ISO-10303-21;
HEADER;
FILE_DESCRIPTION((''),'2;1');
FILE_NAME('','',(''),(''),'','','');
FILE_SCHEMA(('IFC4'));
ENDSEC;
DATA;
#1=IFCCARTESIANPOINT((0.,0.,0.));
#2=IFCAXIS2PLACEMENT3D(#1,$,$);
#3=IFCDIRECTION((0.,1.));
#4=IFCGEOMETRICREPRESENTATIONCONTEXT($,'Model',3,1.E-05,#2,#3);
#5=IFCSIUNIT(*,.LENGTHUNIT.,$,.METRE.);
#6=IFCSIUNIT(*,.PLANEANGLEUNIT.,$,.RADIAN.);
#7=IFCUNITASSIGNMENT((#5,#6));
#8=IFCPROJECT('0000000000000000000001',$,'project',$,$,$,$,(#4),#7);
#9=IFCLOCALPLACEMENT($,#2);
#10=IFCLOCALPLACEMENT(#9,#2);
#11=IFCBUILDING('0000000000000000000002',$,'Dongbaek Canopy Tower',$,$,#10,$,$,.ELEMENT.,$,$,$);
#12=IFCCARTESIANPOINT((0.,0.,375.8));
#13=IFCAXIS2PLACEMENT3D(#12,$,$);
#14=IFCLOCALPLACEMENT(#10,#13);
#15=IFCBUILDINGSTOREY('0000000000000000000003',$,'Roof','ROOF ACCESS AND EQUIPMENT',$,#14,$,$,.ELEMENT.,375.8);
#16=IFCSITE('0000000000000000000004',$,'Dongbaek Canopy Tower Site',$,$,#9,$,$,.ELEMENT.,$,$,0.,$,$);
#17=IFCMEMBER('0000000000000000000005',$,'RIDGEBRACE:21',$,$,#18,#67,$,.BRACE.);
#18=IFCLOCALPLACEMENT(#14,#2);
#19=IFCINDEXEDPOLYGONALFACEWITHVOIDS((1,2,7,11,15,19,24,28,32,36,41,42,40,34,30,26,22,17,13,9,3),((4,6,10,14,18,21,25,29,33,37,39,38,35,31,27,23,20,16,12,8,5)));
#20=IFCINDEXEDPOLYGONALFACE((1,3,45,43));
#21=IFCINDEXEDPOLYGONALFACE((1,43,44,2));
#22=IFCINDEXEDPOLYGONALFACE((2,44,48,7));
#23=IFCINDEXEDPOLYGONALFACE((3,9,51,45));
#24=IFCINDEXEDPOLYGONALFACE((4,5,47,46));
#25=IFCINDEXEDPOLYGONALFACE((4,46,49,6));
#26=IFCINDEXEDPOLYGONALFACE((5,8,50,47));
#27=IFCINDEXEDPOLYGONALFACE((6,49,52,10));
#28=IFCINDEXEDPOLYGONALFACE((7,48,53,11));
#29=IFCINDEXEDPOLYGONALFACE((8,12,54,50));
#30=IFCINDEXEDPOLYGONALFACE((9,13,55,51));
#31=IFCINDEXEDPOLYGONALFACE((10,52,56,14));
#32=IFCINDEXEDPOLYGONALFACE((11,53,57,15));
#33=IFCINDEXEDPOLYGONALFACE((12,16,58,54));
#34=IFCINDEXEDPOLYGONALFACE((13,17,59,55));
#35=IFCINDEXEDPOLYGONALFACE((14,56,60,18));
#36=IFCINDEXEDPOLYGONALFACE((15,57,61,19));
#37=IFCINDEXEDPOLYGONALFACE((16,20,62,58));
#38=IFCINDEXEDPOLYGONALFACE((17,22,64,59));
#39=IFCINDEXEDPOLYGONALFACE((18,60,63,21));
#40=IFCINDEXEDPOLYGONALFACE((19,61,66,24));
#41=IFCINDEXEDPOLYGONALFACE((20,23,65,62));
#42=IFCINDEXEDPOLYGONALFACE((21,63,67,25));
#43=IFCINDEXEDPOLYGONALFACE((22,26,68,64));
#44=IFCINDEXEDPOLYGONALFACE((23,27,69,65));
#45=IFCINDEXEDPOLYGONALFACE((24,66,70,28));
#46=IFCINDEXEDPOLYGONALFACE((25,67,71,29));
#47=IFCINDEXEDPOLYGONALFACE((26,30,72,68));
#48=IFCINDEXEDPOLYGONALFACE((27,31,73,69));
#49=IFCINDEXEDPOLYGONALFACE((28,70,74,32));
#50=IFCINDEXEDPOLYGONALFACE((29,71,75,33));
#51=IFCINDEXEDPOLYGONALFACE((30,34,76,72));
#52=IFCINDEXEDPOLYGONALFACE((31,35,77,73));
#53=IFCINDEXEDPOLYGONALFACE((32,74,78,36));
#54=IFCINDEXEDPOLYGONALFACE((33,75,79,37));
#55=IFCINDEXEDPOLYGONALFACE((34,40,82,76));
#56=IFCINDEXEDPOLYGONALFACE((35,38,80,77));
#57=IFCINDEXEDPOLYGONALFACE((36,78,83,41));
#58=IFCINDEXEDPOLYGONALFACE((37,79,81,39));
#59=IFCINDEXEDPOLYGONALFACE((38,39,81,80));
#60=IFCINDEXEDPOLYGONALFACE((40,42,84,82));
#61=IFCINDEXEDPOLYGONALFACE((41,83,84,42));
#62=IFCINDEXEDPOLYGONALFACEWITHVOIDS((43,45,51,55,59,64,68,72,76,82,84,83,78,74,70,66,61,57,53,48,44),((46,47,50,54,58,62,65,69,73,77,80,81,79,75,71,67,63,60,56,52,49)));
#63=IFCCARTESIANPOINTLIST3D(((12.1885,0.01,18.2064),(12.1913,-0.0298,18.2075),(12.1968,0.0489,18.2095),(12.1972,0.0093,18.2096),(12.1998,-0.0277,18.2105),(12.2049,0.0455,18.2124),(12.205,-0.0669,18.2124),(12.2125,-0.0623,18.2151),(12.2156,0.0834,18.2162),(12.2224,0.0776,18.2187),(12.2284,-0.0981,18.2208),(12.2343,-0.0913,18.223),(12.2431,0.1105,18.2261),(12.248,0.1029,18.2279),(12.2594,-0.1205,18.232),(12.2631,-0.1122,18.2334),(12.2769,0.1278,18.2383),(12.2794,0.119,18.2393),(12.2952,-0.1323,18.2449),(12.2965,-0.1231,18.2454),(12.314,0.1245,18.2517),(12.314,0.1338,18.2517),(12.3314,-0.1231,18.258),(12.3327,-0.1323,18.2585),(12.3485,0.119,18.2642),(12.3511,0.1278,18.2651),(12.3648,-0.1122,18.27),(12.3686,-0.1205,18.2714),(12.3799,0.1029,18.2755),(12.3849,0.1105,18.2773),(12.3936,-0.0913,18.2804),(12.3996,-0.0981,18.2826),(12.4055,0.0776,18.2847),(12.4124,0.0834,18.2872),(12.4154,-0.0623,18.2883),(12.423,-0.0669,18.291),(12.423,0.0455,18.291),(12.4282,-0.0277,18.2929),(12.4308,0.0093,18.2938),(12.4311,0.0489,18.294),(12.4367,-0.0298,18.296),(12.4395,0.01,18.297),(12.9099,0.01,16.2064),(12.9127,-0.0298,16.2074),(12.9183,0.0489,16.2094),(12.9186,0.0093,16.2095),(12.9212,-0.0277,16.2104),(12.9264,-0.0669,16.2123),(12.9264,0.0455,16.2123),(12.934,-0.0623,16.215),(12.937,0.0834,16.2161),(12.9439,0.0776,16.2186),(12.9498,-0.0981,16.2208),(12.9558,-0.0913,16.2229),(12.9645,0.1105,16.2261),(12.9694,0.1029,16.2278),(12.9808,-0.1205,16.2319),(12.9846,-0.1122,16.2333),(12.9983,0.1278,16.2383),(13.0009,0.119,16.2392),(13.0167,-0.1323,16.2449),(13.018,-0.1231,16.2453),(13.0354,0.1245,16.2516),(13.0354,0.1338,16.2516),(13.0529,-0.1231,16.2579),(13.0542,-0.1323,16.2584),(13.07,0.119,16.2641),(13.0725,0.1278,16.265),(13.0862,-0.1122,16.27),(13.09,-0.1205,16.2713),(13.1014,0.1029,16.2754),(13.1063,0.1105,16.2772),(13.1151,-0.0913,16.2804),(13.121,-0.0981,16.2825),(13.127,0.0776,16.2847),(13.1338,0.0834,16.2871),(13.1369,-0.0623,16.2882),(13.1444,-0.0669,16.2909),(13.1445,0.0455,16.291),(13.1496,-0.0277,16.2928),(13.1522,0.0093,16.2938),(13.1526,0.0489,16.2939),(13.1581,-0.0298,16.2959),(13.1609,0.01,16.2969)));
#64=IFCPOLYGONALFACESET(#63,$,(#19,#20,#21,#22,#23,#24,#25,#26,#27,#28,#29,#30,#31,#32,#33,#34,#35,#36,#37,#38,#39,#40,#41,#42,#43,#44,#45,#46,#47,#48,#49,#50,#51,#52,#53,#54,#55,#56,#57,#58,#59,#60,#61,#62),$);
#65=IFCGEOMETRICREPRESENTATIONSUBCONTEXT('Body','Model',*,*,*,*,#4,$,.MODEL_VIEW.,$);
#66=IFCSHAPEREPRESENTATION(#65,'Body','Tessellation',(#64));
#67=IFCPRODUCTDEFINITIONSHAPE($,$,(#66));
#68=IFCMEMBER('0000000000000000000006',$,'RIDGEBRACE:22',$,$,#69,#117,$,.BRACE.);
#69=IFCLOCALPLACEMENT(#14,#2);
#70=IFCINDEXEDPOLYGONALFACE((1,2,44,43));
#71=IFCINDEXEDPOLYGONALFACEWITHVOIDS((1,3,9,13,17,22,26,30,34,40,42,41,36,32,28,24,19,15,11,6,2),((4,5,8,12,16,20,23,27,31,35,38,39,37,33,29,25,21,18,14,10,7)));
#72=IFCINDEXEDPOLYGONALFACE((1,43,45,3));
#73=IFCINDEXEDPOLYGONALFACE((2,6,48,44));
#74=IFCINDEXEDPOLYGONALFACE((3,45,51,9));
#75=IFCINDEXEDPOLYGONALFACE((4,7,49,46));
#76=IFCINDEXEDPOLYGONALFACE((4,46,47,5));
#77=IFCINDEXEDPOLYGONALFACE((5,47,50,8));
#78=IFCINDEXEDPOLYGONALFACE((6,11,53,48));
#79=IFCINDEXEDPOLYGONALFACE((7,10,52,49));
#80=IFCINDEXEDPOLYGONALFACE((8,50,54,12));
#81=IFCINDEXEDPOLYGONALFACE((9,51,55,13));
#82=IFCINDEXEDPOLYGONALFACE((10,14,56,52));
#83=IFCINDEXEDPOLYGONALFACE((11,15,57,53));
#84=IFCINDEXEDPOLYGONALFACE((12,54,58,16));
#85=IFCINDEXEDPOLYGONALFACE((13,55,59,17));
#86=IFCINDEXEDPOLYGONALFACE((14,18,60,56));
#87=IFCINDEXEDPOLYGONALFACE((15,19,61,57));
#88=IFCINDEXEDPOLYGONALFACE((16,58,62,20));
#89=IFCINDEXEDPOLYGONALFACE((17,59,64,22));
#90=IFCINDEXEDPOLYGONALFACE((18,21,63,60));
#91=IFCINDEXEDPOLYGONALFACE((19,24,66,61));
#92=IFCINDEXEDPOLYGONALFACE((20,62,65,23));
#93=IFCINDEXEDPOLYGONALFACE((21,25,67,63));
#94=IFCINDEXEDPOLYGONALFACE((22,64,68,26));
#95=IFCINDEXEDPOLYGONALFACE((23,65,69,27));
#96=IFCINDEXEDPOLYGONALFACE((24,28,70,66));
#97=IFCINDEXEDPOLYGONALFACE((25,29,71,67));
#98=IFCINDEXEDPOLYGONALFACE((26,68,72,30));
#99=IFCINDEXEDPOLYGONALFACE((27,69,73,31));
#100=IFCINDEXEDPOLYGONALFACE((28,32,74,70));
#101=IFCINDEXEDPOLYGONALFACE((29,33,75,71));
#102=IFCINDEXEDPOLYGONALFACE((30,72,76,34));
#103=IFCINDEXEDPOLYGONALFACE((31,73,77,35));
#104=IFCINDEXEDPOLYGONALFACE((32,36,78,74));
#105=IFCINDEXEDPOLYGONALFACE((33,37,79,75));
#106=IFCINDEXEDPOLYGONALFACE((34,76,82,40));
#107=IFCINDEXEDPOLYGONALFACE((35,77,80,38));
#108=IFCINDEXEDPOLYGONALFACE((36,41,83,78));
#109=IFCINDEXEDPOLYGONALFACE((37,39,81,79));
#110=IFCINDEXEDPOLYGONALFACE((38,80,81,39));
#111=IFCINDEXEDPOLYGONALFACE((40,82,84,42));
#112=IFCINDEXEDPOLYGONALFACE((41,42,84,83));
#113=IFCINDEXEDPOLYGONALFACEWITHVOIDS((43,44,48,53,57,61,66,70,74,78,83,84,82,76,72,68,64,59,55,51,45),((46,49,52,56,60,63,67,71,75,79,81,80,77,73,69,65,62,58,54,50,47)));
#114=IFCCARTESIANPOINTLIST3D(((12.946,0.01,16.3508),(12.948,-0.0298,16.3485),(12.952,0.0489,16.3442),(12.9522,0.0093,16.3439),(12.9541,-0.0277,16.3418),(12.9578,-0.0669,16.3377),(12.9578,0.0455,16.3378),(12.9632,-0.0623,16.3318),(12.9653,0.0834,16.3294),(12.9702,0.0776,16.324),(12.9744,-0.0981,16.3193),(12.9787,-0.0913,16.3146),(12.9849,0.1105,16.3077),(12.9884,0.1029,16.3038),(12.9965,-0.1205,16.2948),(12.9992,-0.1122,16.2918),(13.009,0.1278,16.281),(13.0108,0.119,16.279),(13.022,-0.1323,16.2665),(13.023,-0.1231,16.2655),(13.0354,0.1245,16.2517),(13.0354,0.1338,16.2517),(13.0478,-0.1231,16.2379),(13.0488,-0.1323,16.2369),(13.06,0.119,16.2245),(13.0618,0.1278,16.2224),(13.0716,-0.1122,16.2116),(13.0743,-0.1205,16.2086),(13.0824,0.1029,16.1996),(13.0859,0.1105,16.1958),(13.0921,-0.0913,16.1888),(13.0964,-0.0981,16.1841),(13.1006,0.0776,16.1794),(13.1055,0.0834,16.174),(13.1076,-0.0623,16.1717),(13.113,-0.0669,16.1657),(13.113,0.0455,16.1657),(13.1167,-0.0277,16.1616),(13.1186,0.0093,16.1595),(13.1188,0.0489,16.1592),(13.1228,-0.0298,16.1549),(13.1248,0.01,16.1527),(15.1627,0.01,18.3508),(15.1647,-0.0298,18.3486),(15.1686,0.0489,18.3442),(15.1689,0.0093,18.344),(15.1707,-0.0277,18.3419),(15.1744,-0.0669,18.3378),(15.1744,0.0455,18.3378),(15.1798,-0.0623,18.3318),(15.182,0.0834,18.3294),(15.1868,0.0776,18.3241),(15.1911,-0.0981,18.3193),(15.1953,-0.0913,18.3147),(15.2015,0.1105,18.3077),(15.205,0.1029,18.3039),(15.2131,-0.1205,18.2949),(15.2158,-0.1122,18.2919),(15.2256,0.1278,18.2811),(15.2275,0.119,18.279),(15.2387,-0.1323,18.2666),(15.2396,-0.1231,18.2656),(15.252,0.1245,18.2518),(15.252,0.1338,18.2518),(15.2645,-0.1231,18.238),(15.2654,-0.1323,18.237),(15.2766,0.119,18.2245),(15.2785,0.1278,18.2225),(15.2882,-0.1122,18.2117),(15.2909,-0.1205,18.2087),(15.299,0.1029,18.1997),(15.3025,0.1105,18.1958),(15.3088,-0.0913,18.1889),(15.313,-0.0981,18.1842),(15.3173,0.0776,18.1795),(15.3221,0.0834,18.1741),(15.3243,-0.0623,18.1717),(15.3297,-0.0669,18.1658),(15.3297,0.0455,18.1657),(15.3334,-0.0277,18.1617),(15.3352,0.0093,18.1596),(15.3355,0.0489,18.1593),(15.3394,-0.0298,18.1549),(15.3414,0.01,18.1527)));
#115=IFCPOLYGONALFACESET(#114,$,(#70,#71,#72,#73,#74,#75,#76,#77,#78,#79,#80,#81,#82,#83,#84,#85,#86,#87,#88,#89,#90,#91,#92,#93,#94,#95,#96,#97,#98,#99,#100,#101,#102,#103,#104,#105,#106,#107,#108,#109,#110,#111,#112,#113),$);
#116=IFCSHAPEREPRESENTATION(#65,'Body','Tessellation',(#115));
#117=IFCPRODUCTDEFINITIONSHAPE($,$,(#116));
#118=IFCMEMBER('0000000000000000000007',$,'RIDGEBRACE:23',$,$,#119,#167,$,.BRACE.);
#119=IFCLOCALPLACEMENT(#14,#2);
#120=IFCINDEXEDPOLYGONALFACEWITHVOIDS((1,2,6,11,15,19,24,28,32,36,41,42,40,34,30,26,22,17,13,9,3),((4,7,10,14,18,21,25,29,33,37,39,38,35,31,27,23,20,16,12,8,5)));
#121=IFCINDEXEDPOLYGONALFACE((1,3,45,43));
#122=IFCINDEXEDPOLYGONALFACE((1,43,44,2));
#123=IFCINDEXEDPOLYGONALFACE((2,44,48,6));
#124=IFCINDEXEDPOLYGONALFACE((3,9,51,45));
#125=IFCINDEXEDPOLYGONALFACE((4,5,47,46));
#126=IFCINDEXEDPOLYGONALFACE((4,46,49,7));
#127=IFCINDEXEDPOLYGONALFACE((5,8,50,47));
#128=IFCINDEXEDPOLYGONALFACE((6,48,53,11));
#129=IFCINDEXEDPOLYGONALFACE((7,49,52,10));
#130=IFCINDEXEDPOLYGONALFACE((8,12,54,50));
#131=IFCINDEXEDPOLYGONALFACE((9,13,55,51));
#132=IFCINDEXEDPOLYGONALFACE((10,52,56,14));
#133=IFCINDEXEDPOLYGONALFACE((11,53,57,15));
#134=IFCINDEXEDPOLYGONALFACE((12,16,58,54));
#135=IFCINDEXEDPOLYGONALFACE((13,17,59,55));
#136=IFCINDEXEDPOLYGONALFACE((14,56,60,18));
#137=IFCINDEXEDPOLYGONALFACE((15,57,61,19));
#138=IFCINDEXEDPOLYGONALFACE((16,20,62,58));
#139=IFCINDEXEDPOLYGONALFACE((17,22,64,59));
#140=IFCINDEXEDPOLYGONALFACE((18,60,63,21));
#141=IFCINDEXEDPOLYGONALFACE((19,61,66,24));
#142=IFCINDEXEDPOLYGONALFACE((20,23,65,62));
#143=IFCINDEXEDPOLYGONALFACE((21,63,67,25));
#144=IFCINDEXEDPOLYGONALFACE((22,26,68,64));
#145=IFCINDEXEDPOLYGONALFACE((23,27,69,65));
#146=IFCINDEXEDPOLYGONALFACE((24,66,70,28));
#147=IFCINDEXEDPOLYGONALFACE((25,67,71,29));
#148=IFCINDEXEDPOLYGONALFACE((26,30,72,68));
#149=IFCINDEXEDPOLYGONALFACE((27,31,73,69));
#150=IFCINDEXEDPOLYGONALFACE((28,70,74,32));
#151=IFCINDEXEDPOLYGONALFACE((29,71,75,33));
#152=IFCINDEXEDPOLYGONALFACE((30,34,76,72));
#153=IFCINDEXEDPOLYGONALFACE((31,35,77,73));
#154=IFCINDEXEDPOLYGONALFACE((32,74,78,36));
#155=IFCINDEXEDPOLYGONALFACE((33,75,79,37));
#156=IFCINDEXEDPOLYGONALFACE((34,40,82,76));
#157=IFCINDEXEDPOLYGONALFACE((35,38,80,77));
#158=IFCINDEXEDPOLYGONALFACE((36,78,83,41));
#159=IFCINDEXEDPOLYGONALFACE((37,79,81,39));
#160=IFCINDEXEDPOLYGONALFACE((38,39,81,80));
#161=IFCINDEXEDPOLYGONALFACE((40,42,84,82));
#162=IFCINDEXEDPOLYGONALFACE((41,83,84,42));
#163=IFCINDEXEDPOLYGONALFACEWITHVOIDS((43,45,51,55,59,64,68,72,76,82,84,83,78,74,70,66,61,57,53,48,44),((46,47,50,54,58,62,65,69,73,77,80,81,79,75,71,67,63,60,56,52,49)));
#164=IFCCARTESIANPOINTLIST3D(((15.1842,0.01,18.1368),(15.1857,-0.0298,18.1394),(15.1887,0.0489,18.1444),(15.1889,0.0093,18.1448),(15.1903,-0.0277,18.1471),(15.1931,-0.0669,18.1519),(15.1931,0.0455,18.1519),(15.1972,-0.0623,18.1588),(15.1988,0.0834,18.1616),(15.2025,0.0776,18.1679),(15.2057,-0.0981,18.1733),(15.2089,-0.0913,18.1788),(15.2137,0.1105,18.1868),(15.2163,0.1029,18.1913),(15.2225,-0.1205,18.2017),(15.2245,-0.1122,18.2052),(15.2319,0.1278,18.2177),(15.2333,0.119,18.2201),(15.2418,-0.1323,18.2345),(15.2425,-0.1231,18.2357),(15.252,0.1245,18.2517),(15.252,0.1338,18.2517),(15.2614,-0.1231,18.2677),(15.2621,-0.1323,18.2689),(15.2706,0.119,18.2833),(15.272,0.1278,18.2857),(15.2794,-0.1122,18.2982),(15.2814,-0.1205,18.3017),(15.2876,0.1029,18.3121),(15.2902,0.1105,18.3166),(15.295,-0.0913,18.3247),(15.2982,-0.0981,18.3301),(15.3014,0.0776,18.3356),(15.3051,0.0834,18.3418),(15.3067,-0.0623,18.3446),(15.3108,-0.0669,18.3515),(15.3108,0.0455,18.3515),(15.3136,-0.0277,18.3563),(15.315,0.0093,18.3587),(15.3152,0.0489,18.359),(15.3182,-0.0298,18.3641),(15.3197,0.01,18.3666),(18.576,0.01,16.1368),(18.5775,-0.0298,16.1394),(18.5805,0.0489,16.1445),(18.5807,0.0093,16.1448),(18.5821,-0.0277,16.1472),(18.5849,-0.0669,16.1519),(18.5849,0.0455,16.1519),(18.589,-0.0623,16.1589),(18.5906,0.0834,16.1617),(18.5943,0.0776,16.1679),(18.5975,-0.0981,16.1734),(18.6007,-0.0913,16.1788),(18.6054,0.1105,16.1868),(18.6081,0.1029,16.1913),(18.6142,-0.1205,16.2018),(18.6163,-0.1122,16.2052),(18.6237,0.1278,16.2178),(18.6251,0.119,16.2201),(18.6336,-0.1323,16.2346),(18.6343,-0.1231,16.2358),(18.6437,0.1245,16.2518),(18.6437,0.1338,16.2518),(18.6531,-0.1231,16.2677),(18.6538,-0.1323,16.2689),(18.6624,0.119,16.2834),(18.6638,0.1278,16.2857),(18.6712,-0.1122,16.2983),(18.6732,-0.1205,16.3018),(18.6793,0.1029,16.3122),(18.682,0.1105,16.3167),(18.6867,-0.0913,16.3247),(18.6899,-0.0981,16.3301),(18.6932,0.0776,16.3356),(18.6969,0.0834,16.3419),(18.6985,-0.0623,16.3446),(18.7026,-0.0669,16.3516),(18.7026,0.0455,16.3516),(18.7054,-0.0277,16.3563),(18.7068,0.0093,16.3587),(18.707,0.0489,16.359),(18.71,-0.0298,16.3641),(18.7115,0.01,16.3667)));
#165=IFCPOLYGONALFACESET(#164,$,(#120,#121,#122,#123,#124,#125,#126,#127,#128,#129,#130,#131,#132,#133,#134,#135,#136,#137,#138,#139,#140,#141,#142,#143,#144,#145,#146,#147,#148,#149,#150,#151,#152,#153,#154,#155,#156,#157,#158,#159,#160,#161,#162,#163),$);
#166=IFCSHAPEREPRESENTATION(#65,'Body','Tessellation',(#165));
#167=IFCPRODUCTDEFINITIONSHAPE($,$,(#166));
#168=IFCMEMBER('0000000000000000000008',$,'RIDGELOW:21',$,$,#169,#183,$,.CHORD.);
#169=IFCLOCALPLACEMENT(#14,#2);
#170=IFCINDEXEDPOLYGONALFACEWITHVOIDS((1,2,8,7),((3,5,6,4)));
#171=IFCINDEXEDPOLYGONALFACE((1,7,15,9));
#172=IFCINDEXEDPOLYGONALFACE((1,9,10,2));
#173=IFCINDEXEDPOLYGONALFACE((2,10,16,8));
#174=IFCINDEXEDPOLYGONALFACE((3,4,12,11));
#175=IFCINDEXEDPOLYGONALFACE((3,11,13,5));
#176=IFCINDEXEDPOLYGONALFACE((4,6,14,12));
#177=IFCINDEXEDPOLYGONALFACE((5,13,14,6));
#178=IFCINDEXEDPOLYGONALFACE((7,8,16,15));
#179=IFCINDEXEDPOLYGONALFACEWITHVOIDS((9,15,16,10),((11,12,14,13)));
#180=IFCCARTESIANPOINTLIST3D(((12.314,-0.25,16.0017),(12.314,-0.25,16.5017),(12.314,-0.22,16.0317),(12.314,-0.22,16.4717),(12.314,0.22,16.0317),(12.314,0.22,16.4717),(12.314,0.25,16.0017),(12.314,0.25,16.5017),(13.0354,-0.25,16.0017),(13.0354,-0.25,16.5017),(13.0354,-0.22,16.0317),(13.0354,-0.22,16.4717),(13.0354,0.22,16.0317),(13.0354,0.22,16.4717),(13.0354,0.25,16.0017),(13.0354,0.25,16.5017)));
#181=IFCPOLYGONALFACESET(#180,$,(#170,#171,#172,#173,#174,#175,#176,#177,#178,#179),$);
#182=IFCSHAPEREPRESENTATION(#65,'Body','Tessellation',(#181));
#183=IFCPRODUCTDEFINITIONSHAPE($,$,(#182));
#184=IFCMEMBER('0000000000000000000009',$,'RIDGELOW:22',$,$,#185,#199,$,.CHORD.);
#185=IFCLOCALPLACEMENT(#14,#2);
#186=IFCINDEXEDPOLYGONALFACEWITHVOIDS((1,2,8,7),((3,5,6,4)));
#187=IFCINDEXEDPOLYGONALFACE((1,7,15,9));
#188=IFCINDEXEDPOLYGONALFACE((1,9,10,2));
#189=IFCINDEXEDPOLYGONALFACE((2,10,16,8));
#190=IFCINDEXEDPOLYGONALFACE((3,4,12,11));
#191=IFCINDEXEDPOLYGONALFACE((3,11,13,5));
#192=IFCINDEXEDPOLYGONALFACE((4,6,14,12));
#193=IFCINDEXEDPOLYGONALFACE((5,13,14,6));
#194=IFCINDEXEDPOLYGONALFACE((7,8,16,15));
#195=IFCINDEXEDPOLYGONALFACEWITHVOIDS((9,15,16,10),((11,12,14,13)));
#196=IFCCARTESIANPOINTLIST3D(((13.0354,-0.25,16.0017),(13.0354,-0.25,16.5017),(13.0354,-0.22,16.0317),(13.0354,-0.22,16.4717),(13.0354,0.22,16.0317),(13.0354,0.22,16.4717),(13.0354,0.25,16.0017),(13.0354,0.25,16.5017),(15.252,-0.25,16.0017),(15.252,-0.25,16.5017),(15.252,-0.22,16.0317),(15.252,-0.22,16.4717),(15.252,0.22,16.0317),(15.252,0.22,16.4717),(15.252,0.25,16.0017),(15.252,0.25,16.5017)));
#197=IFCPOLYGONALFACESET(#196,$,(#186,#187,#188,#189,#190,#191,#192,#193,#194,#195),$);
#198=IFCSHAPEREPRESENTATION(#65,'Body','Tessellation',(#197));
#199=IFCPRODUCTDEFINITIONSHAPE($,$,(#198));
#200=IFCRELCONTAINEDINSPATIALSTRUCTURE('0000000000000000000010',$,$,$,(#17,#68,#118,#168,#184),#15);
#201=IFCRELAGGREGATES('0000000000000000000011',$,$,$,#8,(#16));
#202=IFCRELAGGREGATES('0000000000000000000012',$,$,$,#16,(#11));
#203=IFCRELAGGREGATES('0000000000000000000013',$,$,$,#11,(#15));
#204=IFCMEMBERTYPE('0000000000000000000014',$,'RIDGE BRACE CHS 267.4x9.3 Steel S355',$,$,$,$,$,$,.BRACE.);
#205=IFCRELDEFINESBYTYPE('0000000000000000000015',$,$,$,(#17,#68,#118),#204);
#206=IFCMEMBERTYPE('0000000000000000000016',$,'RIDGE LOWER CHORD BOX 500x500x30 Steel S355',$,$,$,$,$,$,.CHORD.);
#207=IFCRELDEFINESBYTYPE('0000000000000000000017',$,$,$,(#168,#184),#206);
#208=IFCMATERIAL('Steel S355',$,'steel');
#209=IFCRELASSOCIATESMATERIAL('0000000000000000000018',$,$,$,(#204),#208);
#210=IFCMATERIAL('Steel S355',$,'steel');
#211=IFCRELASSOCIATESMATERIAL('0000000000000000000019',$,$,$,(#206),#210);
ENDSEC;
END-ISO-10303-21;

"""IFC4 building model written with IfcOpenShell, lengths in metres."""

from ifc_helpers import new_model, si_unit, direction, frame, origin, origin_2d, place, context, subcontext, project, spatial, hollow_rectangle, hollow_circle, extrude, material, material_profile, profile_set, type_object, element, save


model = new_model("IFC4")

# Units and contexts
model_context = context("Model", 3, precision=1e-05, world=origin(), true_north=direction((0.0, 1.0)))
body_context = subcontext(model_context, "Body", "Model", "MODEL_VIEW")
ifc_project = project(units=[si_unit("LENGTHUNIT", "METRE"), si_unit("PLANEANGLEUNIT", "RADIAN")], contexts=[model_context])

# Site, building, storey
site_placement = place(None, origin())
site = spatial("IfcSite", under=ifc_project, at=site_placement, Name="Dongbaek Canopy Tower Site", CompositionType="ELEMENT", RefElevation=0.0)
building_placement = place(site_placement, origin())
building = spatial("IfcBuilding", under=site, at=building_placement, Name="Dongbaek Canopy Tower", CompositionType="ELEMENT")
storey_placement = place(building_placement, frame((0.0, 0.0, 375.8)))
storey = spatial("IfcBuildingStorey", under=building, at=storey_placement, Name="Roof", Description="ROOF ACCESS AND EQUIPMENT", CompositionType="ELEMENT", Elevation=375.8)

# Members
ifc_material_1 = material(Name="Steel S355", Category="steel")
ifc_material_profile_1 = material_profile(ifc_material_1, hollow_circle(Radius=0.1338, WallThickness=0.0093, at=origin_2d()), Name="RIDGE BRACE CHS 267.4x9.3 Steel S355")
ifc_profile_set_1 = profile_set([ifc_material_profile_1], Name="Steel S355")
member_type_1 = type_object("IfcMemberType", Name="RIDGE BRACE CHS 267.4x9.3 Steel S355", PredefinedType="BRACE", material=ifc_profile_set_1)
member_1_placement = place(storey_placement, frame((12.314, 0.0, 18.2517), z_axis=(0.339317, 0.0, -0.940672), x_axis=(0.0, 1.0, 0.0)))
element("IfcMember", 1, at=member_1_placement, inside=storey, type_object=member_type_1, Name="RIDGEBRACE:21", PredefinedType="BRACE", context=body_context, shape_type="SweptSolid", body=[
    extrude(hollow_circle(Radius=0.1338, WallThickness=0.0093, at=origin_2d()), origin(), (0.0, 0.0, 1.0), 2.1262),
])
member_2_placement = place(storey_placement, frame((13.0354, 0.0, 16.2517), z_axis=(0.742444, 0.0, 0.669908), x_axis=(0.0, 1.0, 0.0)))
element("IfcMember", 2, at=member_2_placement, inside=storey, type_object=member_type_1, Name="RIDGEBRACE:22", PredefinedType="BRACE", context=body_context, shape_type="SweptSolid", body=[
    extrude(hollow_circle(Radius=0.1338, WallThickness=0.0093, at=origin_2d()), origin(), (0.0, 0.0, 1.0), 2.9856),
])
member_3_placement = place(storey_placement, frame((15.252, 0.0, 18.2517), z_axis=(0.861401, 0.0, -0.507925), x_axis=(0.0, 1.0, 0.0)))
element("IfcMember", 3, at=member_3_placement, inside=storey, type_object=member_type_1, Name="RIDGEBRACE:23", PredefinedType="BRACE", context=body_context, shape_type="SweptSolid", body=[
    extrude(hollow_circle(Radius=0.1338, WallThickness=0.0093, at=origin_2d()), origin(), (0.0, 0.0, 1.0), 3.9375),
])
ifc_material_2 = material(Name="Steel S355", Category="steel")
ifc_material_profile_2 = material_profile(ifc_material_2, hollow_rectangle(XDim=0.5, YDim=0.5, WallThickness=0.03, at=origin_2d()), Name="RIDGE LOWER CHORD BOX 500x500x30 Steel S355")
ifc_profile_set_2 = profile_set([ifc_material_profile_2], Name="Steel S355")
member_type_2 = type_object("IfcMemberType", Name="RIDGE LOWER CHORD BOX 500x500x30 Steel S355", PredefinedType="CHORD", material=ifc_profile_set_2)
member_4_placement = place(storey_placement, frame((12.314, 0.0, 16.2517), z_axis=(1.0, 0.0, 0.0), x_axis=(0.0, 1.0, 0.0)))
element("IfcMember", 4, at=member_4_placement, inside=storey, type_object=member_type_2, Name="RIDGELOW:21", PredefinedType="CHORD", context=body_context, shape_type="SweptSolid", body=[
    extrude(hollow_rectangle(XDim=0.5, YDim=0.5, WallThickness=0.03, at=origin_2d()), origin(), (0.0, 0.0, 1.0), 0.7214),
])
member_5_placement = place(storey_placement, frame((13.0354, 0.0, 16.2517), z_axis=(1.0, 0.0, 0.0), x_axis=(0.0, 1.0, 0.0)))
element("IfcMember", 5, at=member_5_placement, inside=storey, type_object=member_type_2, Name="RIDGELOW:22", PredefinedType="CHORD", context=body_context, shape_type="SweptSolid", body=[
    extrude(hollow_rectangle(XDim=0.5, YDim=0.5, WallThickness=0.03, at=origin_2d()), origin(), (0.0, 0.0, 1.0), 2.2166),
])

save(model, "model.ifc")
